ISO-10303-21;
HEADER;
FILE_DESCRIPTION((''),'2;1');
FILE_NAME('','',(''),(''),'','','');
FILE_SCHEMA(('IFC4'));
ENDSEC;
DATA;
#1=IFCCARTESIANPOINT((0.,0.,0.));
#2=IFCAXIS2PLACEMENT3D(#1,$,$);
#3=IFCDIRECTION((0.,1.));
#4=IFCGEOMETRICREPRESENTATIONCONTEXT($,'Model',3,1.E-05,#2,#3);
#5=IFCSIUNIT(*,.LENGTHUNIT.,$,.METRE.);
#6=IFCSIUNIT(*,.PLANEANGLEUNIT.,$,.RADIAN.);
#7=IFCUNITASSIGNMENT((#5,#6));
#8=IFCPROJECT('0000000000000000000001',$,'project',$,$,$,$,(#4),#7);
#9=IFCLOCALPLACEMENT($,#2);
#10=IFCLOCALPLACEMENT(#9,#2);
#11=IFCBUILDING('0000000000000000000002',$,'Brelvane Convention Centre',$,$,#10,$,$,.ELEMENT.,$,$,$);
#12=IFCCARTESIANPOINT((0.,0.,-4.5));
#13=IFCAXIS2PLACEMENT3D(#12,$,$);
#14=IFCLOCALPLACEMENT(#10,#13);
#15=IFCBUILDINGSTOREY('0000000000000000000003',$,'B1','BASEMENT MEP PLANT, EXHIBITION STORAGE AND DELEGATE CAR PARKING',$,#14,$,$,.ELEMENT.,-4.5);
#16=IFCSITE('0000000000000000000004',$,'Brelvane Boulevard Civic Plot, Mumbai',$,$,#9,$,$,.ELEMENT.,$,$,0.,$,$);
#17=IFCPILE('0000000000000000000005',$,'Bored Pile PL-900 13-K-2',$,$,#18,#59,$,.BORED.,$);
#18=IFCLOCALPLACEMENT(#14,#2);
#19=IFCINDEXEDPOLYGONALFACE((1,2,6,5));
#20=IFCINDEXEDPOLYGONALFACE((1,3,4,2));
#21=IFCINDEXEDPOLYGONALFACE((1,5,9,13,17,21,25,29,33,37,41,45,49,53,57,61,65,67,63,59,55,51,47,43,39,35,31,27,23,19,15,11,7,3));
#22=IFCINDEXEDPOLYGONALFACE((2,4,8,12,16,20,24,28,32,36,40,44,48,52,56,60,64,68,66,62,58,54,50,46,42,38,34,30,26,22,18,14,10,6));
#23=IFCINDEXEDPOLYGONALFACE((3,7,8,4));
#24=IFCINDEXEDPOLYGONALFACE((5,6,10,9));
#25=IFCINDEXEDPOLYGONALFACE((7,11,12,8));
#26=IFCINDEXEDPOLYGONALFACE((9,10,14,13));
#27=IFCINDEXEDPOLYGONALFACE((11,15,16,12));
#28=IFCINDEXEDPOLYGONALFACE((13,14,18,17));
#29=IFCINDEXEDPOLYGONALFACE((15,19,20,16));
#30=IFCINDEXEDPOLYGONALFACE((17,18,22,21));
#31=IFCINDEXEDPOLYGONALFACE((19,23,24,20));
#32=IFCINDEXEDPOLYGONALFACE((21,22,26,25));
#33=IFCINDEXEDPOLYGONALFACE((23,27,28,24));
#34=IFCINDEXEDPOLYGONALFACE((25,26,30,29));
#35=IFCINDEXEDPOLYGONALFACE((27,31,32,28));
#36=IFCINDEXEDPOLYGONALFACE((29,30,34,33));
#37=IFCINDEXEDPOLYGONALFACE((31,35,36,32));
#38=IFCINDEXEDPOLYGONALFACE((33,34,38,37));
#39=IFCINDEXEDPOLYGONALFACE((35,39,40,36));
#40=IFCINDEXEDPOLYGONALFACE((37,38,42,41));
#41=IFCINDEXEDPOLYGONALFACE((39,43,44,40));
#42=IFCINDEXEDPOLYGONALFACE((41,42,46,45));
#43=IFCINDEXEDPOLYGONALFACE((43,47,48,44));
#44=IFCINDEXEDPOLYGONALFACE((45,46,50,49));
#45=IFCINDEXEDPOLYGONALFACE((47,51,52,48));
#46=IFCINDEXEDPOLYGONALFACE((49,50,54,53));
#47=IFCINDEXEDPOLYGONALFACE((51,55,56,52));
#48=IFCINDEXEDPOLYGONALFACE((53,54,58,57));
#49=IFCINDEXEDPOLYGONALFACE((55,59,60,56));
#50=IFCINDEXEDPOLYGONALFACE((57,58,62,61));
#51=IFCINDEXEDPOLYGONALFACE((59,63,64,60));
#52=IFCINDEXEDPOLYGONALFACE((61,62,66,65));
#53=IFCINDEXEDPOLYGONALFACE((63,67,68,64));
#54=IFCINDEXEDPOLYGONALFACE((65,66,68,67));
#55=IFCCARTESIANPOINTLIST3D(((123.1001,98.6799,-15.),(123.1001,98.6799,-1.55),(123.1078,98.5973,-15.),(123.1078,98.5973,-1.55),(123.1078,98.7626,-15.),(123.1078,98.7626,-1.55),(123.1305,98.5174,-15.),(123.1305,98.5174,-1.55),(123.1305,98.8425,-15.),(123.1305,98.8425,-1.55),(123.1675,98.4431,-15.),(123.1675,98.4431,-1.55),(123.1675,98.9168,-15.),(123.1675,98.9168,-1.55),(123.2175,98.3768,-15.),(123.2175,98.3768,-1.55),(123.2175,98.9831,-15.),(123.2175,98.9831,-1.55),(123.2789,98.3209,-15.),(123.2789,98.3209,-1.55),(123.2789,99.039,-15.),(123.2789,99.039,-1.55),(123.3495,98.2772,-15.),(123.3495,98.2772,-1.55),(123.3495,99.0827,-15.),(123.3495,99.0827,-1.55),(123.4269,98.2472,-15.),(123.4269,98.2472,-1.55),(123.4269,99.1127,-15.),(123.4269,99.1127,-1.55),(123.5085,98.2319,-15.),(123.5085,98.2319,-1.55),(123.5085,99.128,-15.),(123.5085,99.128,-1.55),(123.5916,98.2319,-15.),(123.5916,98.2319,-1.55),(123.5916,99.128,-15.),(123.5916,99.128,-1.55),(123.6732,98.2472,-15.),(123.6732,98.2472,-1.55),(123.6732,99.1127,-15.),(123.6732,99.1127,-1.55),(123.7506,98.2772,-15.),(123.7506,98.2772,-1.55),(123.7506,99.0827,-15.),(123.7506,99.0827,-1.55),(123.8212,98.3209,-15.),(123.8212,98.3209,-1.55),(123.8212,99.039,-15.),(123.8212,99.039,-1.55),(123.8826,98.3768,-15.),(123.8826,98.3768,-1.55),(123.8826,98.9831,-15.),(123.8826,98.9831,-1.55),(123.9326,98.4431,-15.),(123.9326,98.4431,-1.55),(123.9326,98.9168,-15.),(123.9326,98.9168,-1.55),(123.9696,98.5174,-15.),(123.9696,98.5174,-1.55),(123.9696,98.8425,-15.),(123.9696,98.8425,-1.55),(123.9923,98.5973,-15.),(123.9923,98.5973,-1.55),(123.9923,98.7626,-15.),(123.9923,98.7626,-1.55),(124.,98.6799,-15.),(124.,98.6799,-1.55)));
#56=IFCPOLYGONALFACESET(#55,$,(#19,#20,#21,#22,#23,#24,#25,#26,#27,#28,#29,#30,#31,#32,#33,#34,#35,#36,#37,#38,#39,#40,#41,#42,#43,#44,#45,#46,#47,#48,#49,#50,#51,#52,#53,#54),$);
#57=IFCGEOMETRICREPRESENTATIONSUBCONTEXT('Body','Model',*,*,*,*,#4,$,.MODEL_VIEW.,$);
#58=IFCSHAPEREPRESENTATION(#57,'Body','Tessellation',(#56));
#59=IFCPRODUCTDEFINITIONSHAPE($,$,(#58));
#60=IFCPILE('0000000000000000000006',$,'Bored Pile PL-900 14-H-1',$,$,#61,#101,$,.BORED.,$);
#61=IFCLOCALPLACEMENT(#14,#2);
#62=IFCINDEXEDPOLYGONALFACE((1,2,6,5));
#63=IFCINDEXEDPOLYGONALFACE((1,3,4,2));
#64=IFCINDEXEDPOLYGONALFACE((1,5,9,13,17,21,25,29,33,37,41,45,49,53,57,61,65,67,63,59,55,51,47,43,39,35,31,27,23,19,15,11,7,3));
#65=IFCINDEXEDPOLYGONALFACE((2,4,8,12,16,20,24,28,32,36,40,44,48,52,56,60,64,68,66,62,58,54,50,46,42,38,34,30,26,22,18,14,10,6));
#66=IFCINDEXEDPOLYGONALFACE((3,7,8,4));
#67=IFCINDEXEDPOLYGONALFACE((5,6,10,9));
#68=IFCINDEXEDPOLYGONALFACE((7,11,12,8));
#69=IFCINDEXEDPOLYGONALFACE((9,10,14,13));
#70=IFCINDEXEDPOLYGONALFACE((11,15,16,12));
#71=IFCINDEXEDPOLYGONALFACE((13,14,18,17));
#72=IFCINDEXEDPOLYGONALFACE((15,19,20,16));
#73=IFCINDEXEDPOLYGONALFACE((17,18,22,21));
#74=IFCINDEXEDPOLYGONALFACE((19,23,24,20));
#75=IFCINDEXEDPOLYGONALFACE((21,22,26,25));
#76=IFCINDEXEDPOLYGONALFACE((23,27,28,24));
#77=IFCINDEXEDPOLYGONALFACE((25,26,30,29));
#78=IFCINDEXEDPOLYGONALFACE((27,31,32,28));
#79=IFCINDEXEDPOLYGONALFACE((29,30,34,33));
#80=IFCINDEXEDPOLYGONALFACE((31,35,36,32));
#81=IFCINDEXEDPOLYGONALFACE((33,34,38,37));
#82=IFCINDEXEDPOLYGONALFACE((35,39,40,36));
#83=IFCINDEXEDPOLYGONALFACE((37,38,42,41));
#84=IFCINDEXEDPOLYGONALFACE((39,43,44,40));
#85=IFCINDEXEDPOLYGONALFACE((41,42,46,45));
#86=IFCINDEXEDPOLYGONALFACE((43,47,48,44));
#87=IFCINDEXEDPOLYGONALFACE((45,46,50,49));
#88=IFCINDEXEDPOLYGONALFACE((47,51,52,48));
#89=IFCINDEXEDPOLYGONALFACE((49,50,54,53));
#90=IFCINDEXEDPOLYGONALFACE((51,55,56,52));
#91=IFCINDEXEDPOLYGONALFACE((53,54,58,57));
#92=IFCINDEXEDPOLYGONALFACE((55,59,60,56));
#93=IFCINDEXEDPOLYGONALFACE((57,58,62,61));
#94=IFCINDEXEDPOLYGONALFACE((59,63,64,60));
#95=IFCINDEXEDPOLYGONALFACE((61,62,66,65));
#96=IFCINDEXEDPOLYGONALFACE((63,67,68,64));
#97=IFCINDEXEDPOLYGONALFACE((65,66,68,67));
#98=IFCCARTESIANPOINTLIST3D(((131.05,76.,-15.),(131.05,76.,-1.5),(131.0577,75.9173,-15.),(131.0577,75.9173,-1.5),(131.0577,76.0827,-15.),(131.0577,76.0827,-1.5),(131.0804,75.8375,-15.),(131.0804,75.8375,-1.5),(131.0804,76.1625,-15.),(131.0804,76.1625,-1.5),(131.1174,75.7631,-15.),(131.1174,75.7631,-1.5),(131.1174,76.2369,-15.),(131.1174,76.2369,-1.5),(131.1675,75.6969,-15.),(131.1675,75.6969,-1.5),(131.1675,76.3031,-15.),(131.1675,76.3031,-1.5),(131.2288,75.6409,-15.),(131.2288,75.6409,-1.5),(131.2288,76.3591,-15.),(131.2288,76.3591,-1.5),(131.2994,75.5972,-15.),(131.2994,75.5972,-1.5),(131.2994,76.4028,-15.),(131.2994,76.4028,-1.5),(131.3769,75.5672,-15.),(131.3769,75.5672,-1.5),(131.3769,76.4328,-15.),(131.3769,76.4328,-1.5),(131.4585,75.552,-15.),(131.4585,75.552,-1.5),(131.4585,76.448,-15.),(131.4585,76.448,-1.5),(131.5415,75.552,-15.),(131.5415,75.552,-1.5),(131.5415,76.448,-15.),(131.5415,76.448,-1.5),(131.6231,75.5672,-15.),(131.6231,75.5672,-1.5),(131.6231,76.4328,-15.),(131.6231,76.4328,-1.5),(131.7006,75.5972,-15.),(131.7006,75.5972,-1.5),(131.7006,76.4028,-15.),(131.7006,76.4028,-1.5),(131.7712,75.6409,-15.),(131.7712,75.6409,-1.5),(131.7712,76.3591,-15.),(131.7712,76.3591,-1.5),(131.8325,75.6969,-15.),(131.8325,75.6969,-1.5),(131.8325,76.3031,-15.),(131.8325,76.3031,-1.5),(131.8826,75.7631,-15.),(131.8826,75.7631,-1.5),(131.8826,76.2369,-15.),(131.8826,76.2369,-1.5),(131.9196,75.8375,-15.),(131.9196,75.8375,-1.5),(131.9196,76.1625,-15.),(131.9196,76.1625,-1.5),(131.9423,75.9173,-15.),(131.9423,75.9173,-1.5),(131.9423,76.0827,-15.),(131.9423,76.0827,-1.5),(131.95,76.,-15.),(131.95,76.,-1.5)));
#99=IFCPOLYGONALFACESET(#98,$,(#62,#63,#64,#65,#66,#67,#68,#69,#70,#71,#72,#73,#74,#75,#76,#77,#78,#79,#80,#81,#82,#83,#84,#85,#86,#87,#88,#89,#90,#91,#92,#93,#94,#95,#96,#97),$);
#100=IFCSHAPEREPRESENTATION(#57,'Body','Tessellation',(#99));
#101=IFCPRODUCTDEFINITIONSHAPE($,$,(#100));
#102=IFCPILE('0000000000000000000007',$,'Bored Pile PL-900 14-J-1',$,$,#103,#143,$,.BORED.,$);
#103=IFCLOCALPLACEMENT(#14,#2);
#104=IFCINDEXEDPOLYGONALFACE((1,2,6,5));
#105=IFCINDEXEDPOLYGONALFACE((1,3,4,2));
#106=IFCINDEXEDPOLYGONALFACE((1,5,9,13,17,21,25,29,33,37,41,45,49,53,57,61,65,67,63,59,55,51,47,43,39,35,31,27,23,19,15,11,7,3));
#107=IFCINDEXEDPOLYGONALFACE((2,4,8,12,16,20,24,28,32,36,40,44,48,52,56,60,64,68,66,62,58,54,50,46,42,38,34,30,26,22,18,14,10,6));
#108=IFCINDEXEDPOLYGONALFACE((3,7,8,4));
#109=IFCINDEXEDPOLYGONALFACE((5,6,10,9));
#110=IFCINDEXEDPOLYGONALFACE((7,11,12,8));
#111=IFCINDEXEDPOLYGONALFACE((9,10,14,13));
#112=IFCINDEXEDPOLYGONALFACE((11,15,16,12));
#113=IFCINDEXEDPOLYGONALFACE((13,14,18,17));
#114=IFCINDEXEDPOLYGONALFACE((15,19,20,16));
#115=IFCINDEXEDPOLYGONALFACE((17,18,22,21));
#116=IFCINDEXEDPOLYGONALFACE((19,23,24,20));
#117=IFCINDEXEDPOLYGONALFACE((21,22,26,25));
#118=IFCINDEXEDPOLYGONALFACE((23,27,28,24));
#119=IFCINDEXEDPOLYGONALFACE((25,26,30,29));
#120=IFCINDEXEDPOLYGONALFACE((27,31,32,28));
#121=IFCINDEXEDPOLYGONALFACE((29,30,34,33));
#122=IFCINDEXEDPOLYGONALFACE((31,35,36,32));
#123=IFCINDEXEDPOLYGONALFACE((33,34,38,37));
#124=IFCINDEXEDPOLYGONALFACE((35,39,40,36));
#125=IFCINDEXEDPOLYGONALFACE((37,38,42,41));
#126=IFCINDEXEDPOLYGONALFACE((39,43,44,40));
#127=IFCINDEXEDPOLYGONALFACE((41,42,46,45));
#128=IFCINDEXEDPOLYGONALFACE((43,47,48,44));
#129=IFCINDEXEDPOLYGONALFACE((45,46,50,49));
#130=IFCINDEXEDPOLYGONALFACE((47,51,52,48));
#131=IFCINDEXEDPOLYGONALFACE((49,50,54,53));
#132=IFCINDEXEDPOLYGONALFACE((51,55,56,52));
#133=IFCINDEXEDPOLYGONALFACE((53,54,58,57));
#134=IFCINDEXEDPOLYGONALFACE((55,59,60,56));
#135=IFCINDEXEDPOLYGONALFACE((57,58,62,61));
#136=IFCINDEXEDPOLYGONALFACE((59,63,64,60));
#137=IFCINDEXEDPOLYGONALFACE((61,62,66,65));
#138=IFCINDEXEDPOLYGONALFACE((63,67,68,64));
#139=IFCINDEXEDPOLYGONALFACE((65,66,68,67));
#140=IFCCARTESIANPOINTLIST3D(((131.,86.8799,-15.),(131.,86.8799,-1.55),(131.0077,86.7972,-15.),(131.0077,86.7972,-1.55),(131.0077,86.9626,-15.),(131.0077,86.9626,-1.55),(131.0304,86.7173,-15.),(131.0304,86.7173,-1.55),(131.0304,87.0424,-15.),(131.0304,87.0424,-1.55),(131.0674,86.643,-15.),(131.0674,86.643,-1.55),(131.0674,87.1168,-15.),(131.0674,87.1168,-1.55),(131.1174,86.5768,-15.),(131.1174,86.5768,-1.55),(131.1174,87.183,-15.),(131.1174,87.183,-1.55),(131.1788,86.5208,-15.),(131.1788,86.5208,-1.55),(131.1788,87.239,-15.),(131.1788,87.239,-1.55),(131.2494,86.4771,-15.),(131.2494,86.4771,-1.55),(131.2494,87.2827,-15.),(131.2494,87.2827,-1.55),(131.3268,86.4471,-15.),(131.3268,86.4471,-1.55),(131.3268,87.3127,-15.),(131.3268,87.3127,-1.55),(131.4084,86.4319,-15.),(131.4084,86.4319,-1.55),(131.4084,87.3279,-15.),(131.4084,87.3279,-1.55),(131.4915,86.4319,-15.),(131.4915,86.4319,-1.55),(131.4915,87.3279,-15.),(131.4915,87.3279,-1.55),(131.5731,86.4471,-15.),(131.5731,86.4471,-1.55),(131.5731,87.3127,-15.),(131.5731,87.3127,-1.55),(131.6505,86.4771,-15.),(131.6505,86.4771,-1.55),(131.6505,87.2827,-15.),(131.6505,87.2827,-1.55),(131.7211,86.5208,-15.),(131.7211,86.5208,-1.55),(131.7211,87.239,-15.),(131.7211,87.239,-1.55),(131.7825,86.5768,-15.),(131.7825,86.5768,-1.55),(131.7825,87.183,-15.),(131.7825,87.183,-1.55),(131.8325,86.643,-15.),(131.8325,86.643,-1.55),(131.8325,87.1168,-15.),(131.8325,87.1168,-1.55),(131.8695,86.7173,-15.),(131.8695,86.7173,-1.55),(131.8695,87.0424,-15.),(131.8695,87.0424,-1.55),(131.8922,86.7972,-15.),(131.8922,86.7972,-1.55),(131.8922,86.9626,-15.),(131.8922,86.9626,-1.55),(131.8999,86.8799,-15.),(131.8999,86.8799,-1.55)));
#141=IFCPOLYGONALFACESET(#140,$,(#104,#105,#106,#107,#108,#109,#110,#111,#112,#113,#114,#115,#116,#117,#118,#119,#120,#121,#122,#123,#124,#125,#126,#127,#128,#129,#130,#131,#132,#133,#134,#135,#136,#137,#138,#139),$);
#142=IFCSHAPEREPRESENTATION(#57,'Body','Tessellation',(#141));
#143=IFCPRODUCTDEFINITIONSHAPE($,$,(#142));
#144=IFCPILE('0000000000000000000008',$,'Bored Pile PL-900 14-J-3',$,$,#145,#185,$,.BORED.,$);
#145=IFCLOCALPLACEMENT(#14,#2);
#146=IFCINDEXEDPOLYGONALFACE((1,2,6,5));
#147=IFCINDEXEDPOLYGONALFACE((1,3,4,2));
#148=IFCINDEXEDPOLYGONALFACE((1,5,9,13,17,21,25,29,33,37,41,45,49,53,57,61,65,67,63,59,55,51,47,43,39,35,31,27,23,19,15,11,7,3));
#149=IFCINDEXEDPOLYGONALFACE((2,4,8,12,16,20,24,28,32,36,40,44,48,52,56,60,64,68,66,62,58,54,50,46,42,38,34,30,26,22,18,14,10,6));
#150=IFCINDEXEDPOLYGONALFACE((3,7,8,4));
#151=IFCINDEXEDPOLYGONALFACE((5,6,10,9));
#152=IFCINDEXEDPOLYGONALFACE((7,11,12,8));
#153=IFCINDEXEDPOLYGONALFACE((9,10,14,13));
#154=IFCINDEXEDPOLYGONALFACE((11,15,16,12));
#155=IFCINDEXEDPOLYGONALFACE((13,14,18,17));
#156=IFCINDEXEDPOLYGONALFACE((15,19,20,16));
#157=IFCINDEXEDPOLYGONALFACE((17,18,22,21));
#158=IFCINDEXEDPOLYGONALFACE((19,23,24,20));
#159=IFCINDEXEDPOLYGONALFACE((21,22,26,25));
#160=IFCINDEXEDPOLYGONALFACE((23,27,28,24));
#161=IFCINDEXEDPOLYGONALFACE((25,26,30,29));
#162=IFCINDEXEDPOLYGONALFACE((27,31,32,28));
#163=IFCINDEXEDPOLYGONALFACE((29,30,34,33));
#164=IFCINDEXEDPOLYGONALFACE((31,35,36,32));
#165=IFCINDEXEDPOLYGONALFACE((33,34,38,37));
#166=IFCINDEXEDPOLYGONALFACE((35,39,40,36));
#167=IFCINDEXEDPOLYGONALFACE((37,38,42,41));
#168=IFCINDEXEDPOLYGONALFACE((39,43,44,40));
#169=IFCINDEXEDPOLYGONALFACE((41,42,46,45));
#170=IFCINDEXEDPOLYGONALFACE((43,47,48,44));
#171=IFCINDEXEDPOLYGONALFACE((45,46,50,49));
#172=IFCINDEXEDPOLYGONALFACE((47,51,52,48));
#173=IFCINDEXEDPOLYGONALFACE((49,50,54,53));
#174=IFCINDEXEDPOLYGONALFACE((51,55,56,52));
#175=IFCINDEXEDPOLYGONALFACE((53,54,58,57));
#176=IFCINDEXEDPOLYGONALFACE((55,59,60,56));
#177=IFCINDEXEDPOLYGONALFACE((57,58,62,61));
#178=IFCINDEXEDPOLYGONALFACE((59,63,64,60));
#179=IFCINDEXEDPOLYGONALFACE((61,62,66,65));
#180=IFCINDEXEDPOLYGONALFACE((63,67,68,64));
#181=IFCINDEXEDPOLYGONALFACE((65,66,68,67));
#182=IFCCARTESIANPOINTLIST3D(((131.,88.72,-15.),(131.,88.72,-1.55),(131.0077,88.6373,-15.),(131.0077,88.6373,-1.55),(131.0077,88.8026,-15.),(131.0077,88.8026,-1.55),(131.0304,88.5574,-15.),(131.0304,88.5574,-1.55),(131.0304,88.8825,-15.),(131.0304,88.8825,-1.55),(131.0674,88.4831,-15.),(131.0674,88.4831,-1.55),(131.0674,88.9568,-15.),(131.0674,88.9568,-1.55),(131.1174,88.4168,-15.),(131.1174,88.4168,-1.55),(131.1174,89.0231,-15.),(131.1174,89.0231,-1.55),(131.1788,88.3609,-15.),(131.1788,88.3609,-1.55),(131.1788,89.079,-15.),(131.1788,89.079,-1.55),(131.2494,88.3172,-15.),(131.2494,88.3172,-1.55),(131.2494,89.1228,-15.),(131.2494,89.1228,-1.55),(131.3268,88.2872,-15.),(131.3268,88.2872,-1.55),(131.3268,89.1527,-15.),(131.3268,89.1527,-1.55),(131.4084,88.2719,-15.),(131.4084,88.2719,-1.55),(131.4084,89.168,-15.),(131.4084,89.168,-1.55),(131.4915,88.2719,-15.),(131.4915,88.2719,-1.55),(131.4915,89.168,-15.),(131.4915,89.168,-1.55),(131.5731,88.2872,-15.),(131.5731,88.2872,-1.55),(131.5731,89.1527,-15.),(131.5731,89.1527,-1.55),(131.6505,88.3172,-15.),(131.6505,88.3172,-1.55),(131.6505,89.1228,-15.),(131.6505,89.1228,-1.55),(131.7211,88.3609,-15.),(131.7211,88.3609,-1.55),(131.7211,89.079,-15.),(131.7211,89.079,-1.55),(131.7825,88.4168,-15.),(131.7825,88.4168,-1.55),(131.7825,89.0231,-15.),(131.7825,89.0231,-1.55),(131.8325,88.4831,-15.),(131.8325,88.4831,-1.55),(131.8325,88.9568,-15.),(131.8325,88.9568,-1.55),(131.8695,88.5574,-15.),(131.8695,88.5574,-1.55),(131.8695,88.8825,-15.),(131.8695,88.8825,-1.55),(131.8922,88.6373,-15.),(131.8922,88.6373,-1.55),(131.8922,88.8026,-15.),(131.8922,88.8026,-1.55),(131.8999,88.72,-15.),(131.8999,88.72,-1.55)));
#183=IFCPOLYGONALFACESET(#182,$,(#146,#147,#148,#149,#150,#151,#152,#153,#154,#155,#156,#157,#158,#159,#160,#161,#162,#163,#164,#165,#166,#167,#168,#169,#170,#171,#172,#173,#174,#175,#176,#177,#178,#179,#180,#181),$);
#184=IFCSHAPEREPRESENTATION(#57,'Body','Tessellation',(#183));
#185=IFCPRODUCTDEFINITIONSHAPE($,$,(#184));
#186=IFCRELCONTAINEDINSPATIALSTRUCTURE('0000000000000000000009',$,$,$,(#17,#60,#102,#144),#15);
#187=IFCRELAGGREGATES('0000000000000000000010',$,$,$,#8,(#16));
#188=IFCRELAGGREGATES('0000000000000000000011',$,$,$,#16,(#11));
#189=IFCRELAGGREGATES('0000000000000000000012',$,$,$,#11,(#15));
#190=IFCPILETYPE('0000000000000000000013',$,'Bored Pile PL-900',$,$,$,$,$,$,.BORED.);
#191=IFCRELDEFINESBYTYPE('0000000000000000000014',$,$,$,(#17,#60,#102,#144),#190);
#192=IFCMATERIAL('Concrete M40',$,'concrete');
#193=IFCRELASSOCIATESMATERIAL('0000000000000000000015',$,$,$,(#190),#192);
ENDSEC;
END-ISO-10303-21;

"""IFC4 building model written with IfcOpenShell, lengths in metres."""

from ifc_helpers import new_model, si_unit, direction, frame, origin, origin_2d, place, context, subcontext, project, spatial, circle, extrude, material, material_profile, profile_set, type_object, element, save


model = new_model("IFC4")

# Units and contexts
model_context = context("Model", 3, precision=1e-05, world=origin(), true_north=direction((0.0, 1.0)))
body_context = subcontext(model_context, "Body", "Model", "MODEL_VIEW")
ifc_project = project(units=[si_unit("LENGTHUNIT", "METRE"), si_unit("PLANEANGLEUNIT", "RADIAN")], contexts=[model_context])

# Site, building, storey
site_placement = place(None, origin())
site = spatial("IfcSite", under=ifc_project, at=site_placement, Name="Brelvane Boulevard Civic Plot, Mumbai", CompositionType="ELEMENT", RefElevation=0.0)
building_placement = place(site_placement, origin())
building = spatial("IfcBuilding", under=site, at=building_placement, Name="Brelvane Convention Centre", CompositionType="ELEMENT")
storey_placement = place(building_placement, frame((0.0, 0.0, -4.5)))
storey = spatial("IfcBuildingStorey", under=building, at=storey_placement, Name="B1", Description="BASEMENT MEP PLANT, EXHIBITION STORAGE AND DELEGATE CAR PARKING", CompositionType="ELEMENT", Elevation=-4.5)

# Piles
ifc_material_1 = material(Name="Concrete M40", Category="concrete")
ifc_material_profile_1 = material_profile(ifc_material_1, circle(Radius=0.45, at=origin_2d()), Name="PILE D900")
ifc_profile_set_1 = profile_set([ifc_material_profile_1], Name="Concrete M40")
pile_type = type_object("IfcPileType", Name="Bored Pile PL-900", PredefinedType="BORED", material=ifc_profile_set_1)
pile_1_placement = place(storey_placement, frame((123.55, 98.6799, -1.55), z_axis=(0.0, 0.0, -1.0), x_axis=(1.0, 0.0, 0.0)))
element("IfcPile", 1, at=pile_1_placement, inside=storey, type_object=pile_type, Name="Bored Pile PL-900 13-K-2", PredefinedType="BORED", context=body_context, shape_type="SweptSolid", body=[
    extrude(circle(Radius=0.45, at=origin_2d()), origin(), (0.0, 0.0, 1.0), 13.45),
])
pile_2_placement = place(storey_placement, frame((131.5, 76.0, -1.5), z_axis=(0.0, 0.0, -1.0), x_axis=(1.0, 0.0, 0.0)))
element("IfcPile", 2, at=pile_2_placement, inside=storey, type_object=pile_type, Name="Bored Pile PL-900 14-H-1", PredefinedType="BORED", context=body_context, shape_type="SweptSolid", body=[
    extrude(circle(Radius=0.45, at=origin_2d()), origin(), (0.0, 0.0, 1.0), 13.5),
])
for number, where, z_axis, x_axis, name in (
    (3, (131.45, 86.8799, -1.55), (0.0, 0.0, -1.0), (1.0, 0.0, 0.0), "Bored Pile PL-900 14-J-1"),
    (4, (131.45, 88.72, -1.55), (0.0, 0.0, -1.0), (1.0, 0.0, 0.0), "Bored Pile PL-900 14-J-3"),
):
    element("IfcPile", number, at=place(storey_placement, frame(where, z_axis=z_axis, x_axis=x_axis)), inside=storey, type_object=pile_type, Name=name, PredefinedType="BORED", context=body_context, shape_type="SweptSolid", body=[
        extrude(circle(Radius=0.45, at=origin_2d()), origin(), (0.0, 0.0, 1.0), 13.45),
    ])

save(model, "model.ifc")
